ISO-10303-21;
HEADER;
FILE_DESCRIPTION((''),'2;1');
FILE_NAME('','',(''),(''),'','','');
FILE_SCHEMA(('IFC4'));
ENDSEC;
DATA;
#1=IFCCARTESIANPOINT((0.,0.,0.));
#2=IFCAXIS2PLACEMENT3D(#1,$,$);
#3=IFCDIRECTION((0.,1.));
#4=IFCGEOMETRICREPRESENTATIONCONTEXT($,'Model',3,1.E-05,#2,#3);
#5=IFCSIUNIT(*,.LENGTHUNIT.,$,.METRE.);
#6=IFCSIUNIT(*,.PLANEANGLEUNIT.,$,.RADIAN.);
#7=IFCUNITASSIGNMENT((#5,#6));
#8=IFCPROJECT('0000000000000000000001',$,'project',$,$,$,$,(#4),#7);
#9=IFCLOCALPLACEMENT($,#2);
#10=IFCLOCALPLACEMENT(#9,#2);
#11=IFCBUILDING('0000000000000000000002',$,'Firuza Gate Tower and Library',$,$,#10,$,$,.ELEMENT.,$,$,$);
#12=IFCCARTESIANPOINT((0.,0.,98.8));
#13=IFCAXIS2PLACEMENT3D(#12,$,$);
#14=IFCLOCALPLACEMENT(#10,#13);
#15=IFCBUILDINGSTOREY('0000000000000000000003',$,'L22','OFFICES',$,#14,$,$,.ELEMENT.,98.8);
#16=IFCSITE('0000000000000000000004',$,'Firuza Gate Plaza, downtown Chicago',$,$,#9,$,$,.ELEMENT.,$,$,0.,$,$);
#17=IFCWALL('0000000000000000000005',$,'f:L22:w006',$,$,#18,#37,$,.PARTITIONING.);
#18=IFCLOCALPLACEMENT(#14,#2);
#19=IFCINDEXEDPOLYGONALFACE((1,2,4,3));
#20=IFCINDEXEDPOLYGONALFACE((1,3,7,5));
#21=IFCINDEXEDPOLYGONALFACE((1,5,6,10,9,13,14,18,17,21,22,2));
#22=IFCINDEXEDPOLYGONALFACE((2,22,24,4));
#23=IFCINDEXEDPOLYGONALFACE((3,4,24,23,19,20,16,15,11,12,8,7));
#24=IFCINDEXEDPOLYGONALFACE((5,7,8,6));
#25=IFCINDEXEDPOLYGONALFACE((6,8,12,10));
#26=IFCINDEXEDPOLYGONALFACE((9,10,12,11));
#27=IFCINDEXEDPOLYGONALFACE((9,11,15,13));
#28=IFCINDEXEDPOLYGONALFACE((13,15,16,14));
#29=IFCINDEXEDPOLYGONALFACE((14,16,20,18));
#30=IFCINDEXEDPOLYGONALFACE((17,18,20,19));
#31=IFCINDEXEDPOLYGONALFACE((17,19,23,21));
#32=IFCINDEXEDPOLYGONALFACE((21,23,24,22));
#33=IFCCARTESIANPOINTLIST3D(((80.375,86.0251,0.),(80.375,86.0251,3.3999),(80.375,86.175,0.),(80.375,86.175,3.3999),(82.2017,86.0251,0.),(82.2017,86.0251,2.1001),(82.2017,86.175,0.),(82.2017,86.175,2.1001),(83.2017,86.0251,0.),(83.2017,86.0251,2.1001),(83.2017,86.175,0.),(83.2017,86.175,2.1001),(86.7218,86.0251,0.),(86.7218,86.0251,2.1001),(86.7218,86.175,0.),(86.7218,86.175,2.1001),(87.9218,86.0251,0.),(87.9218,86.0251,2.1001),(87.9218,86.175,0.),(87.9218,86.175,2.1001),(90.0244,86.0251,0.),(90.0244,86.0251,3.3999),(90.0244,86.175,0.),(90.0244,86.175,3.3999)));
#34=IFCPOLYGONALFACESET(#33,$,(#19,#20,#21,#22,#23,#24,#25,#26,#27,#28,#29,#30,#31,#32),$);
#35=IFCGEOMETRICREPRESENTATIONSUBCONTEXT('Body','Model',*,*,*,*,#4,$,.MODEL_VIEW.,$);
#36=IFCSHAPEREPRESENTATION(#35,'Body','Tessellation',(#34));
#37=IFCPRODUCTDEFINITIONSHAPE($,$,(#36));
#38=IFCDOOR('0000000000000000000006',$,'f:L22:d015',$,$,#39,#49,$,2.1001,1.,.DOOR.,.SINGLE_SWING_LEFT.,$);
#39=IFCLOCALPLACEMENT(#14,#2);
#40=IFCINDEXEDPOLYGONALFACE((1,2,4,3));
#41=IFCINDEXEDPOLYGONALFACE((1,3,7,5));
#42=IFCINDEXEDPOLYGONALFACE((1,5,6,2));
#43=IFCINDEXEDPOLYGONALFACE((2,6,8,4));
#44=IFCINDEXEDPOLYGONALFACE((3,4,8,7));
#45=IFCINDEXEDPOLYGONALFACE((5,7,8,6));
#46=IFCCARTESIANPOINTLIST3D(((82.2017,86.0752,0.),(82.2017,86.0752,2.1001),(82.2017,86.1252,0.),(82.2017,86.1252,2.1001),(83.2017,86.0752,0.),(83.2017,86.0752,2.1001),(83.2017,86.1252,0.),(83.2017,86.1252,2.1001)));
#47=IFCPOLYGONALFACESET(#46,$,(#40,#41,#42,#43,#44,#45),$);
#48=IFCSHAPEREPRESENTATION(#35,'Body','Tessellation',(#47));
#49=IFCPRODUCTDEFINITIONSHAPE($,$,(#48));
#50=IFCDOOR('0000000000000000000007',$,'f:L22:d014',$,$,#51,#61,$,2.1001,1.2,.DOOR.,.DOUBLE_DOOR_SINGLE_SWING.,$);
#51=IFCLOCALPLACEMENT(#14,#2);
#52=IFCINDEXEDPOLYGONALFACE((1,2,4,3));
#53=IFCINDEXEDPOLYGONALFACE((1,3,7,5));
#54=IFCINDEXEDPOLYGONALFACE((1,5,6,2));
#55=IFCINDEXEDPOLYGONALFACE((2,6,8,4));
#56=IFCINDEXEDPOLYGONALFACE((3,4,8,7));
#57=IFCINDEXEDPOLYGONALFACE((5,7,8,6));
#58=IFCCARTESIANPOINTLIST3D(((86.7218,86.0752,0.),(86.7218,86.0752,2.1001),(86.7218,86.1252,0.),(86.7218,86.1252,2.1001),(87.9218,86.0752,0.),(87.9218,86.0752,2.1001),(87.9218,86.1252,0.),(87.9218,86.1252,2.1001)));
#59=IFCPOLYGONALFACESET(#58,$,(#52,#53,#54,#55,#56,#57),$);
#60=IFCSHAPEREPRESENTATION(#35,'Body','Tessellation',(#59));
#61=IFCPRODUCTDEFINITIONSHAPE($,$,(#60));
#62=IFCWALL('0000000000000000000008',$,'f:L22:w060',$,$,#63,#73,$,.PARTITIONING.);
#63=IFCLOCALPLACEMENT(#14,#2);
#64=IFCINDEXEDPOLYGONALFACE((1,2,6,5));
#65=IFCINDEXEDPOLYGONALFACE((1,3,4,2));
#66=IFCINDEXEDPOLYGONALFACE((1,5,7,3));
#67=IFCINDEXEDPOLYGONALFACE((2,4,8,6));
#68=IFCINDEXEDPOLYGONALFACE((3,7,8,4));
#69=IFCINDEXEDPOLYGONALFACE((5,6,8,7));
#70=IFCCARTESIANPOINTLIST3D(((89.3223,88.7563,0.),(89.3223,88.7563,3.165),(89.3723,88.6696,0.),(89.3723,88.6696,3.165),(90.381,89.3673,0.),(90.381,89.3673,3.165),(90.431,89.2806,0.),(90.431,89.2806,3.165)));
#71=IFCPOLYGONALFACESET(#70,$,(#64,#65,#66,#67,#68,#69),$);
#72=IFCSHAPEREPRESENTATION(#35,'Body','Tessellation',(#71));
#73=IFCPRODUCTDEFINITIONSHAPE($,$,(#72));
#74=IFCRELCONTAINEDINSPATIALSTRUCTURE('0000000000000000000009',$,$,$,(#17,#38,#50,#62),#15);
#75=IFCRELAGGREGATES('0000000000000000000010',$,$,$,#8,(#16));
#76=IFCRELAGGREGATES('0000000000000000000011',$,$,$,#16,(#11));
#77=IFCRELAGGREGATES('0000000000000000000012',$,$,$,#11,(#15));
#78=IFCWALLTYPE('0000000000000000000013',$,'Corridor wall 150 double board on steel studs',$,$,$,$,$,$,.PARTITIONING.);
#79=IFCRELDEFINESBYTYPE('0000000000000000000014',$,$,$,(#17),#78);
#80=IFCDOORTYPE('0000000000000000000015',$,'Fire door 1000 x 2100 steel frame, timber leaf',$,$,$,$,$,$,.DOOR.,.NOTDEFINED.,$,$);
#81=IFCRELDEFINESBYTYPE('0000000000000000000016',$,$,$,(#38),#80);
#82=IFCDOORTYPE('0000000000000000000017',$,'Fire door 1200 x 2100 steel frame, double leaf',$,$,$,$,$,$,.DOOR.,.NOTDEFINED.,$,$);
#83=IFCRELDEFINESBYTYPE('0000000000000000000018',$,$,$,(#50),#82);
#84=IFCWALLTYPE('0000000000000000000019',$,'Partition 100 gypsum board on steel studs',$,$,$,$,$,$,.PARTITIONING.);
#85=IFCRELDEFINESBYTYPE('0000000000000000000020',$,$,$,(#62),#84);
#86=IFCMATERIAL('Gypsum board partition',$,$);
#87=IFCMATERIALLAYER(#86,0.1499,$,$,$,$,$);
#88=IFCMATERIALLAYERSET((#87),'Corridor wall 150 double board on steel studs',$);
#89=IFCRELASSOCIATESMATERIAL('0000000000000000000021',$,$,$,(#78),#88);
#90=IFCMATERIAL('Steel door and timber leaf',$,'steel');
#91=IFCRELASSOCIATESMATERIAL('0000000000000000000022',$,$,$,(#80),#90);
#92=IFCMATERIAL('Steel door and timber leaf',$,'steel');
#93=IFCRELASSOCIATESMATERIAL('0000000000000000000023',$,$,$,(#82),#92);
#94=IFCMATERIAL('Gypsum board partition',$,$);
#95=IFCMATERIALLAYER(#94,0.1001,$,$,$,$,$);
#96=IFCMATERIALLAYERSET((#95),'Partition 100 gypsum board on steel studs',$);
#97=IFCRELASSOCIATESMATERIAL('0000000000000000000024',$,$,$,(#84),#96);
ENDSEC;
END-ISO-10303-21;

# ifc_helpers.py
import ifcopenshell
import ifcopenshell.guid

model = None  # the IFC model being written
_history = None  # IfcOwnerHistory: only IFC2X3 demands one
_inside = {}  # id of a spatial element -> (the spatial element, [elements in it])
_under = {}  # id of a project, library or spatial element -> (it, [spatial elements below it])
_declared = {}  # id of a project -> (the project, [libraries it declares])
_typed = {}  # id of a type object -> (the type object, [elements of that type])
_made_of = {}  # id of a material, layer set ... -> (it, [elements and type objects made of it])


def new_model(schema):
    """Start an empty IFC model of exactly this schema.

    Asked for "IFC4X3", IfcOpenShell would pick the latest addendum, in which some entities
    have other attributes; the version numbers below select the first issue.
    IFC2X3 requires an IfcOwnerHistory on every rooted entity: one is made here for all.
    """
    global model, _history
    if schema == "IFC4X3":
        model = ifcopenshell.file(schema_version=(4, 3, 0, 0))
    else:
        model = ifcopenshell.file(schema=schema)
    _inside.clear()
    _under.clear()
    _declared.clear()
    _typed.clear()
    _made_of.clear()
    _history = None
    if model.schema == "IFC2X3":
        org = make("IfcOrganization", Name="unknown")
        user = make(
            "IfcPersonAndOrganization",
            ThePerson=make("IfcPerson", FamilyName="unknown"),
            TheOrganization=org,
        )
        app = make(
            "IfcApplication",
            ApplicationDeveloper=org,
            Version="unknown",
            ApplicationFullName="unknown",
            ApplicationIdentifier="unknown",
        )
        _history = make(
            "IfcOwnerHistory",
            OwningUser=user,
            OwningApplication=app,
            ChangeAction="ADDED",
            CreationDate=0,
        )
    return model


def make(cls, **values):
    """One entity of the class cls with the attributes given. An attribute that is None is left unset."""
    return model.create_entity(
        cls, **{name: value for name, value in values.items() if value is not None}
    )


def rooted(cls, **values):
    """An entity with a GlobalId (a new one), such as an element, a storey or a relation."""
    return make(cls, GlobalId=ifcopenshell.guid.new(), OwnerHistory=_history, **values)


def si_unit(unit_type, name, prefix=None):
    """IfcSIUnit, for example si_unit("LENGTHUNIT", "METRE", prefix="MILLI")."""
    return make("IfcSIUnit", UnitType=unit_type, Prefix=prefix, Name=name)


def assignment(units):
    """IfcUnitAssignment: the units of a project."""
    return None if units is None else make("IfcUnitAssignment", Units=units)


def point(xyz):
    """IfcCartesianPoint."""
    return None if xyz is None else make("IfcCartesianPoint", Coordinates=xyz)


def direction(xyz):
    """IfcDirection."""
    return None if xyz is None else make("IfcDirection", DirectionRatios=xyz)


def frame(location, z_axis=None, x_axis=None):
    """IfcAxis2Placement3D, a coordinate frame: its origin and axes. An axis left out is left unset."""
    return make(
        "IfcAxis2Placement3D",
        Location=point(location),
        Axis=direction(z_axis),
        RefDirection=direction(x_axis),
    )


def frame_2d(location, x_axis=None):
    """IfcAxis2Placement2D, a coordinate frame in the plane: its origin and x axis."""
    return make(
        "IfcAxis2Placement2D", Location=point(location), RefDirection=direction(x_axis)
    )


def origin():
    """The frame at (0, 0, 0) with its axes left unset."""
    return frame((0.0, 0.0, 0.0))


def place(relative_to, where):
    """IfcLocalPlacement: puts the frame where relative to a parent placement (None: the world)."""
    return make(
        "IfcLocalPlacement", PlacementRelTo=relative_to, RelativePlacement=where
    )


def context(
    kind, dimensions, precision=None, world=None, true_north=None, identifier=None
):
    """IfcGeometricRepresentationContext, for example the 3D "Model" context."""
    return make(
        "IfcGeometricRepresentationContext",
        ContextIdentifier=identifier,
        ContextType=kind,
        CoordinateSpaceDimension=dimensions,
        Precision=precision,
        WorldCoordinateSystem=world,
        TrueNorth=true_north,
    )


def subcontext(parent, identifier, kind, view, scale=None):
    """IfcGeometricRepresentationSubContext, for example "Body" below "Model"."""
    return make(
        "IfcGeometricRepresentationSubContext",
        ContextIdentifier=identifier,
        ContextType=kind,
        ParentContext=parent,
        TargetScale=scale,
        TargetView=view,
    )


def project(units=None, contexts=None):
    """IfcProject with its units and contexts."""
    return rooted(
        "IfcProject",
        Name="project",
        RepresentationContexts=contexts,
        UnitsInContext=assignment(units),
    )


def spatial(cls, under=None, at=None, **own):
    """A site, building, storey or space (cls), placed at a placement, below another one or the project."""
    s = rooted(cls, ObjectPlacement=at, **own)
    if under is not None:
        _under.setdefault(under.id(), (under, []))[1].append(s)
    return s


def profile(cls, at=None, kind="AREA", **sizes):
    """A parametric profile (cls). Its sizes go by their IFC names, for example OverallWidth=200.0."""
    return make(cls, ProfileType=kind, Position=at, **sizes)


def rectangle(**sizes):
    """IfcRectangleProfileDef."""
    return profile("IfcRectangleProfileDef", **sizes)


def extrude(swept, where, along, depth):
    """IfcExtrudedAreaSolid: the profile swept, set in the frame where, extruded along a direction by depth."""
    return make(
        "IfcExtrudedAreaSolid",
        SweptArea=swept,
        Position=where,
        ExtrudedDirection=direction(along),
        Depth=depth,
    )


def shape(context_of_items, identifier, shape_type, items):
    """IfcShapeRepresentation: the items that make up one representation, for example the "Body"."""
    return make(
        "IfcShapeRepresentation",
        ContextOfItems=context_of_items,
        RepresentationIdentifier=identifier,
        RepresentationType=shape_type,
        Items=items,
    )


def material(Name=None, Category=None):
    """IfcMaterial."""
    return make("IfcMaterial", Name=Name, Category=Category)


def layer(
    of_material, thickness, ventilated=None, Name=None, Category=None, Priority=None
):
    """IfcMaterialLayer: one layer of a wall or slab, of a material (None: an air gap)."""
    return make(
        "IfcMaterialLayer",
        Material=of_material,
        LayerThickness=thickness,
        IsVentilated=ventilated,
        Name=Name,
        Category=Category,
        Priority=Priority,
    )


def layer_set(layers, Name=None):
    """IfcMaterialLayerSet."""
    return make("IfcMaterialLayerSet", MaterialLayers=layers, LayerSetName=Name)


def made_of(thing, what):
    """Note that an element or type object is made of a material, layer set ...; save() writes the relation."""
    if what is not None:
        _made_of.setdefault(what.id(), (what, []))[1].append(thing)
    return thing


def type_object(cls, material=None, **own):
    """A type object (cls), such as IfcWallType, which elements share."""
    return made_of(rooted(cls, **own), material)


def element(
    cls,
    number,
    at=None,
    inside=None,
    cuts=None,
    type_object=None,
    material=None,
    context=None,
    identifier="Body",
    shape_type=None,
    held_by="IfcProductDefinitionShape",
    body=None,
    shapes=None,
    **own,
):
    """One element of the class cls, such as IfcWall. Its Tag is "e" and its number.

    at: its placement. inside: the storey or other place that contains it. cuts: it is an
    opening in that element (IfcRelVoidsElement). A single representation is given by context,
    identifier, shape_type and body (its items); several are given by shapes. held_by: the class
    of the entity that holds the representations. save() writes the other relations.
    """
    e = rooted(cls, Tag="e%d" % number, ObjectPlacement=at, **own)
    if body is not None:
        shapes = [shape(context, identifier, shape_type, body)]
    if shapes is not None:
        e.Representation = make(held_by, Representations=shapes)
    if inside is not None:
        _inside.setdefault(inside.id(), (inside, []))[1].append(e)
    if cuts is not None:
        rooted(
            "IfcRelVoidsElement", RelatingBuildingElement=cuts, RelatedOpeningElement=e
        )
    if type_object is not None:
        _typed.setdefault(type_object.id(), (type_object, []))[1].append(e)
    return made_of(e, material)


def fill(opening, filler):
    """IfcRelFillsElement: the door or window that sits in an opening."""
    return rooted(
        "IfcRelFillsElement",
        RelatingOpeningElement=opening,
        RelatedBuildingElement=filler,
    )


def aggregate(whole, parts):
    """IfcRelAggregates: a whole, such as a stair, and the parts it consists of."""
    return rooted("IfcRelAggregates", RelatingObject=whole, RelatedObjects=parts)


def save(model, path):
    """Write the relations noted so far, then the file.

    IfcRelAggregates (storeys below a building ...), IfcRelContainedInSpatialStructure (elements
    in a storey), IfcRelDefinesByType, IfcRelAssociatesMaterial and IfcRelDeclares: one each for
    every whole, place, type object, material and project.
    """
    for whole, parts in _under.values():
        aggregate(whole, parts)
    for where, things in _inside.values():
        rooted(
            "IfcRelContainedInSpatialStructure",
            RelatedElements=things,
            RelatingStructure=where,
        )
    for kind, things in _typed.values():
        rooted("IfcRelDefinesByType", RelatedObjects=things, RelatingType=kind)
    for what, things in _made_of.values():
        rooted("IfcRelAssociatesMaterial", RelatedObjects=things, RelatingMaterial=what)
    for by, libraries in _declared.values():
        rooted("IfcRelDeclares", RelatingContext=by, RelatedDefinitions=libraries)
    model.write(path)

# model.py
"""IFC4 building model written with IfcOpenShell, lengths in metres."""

from ifc_helpers import new_model, si_unit, direction, frame, frame_2d, origin, place, context, subcontext, project, spatial, rectangle, extrude, material, layer, layer_set, type_object, element, fill, save


model = new_model("IFC4")

# Units and contexts
model_context = context("Model", 3, precision=1e-05, world=origin(), true_north=direction((0.0, 1.0)))
body_context = subcontext(model_context, "Body", "Model", "MODEL_VIEW")
ifc_project = project(units=[si_unit("LENGTHUNIT", "METRE"), si_unit("PLANEANGLEUNIT", "RADIAN")], contexts=[model_context])

# Site, building, storey
site_placement = place(None, origin())
site = spatial("IfcSite", under=ifc_project, at=site_placement, Name="Firuza Gate Plaza, downtown Chicago", CompositionType="ELEMENT", RefElevation=0.0)
building_placement = place(site_placement, origin())
building = spatial("IfcBuilding", under=site, at=building_placement, Name="Firuza Gate Tower and Library", CompositionType="ELEMENT")
storey_placement = place(building_placement, frame((0.0, 0.0, 98.8)))
storey = spatial("IfcBuildingStorey", under=building, at=storey_placement, Name="L22", Description="OFFICES", CompositionType="ELEMENT", Elevation=98.8)

# Wall, openings, doors
ifc_material_1 = material(Name="Gypsum board partition")
ifc_layer_1 = layer(ifc_material_1, 0.1499)
ifc_layer_set_1 = layer_set([ifc_layer_1], Name="Corridor wall 150 double board on steel studs")
wall_type_1 = type_object("IfcWallType", Name="Corridor wall 150 double board on steel studs", PredefinedType="PARTITIONING", material=ifc_layer_set_1)
wall_1_placement = place(storey_placement, frame((90.0244, 86.1001, 0.0), z_axis=(0.0, 0.0, 1.0), x_axis=(-1.0, 0.0, 0.0)))
wall_1 = element("IfcWall", 1, at=wall_1_placement, inside=storey, type_object=wall_type_1, Name="f:L22:w006", PredefinedType="PARTITIONING", context=body_context, shape_type="SweptSolid", body=[
    extrude(rectangle(XDim=9.6494, YDim=0.1499, at=frame_2d((4.8247, 0.0))), origin(), (0.0, 0.0, 1.0), 3.3999),
])
opening_1_placement = place(wall_1_placement, frame((2.1025, 0.0, 0.0)))
opening_1 = element("IfcOpeningElement", 2, at=opening_1_placement, cuts=wall_1, PredefinedType="OPENING", context=body_context, shape_type="SweptSolid", body=[
    extrude(rectangle(XDim=1.2, YDim=2.1001, at=frame_2d((0.6001, 1.05))), frame((0.0, 0.085, 0.0), z_axis=(0.0, -1.0, 0.0), x_axis=(1.0, 0.0, 0.0)), (0.0, 0.0, 1.0), 0.1699),
])
opening_2_placement = place(wall_1_placement, frame((6.8228, 0.0, 0.0)))
opening_2 = element("IfcOpeningElement", 3, at=opening_2_placement, cuts=wall_1, PredefinedType="OPENING", context=body_context, shape_type="SweptSolid", body=[
    extrude(rectangle(XDim=1.0, YDim=2.1001, at=frame_2d((0.5, 1.05))), frame((0.0, 0.085, 0.0), z_axis=(0.0, -1.0, 0.0), x_axis=(1.0, 0.0, 0.0)), (0.0, 0.0, 1.0), 0.1699),
])
ifc_material_2 = material(Name="Steel door and timber leaf", Category="steel")
door_type_1 = type_object("IfcDoorType", Name="Fire door 1000 x 2100 steel frame, timber leaf", OperationType="NOTDEFINED", PredefinedType="DOOR", material=ifc_material_2)
door_1_placement = place(opening_2_placement, origin())
door_1 = element("IfcDoor", 4, at=door_1_placement, inside=storey, type_object=door_type_1, Name="f:L22:d015", OperationType="SINGLE_SWING_LEFT", OverallHeight=2.1001, OverallWidth=1.0, PredefinedType="DOOR", context=body_context, shape_type="SweptSolid", body=[
    extrude(rectangle(XDim=1.0, YDim=2.1001, at=frame_2d((0.5, 1.05))), frame((0.0, 0.0249, 0.0), z_axis=(0.0, -1.0, 0.0), x_axis=(1.0, 0.0, 0.0)), (0.0, 0.0, 1.0), 0.05),
])
fill(opening_2, door_1)
ifc_material_3 = material(Name="Steel door and timber leaf", Category="steel")
door_type_2 = type_object("IfcDoorType", Name="Fire door 1200 x 2100 steel frame, double leaf", OperationType="NOTDEFINED", PredefinedType="DOOR", material=ifc_material_3)
door_2_placement = place(opening_1_placement, origin())
door_2 = element("IfcDoor", 5, at=door_2_placement, inside=storey, type_object=door_type_2, Name="f:L22:d014", OperationType="DOUBLE_DOOR_SINGLE_SWING", OverallHeight=2.1001, OverallWidth=1.2, PredefinedType="DOOR", context=body_context, shape_type="SweptSolid", body=[
    extrude(rectangle(XDim=1.2, YDim=2.1001, at=frame_2d((0.6001, 1.05))), frame((0.0, 0.0249, 0.0), z_axis=(0.0, -1.0, 0.0), x_axis=(1.0, 0.0, 0.0)), (0.0, 0.0, 1.0), 0.05),
])
fill(opening_1, door_2)

# Wall
ifc_material_4 = material(Name="Gypsum board partition")
ifc_layer_2 = layer(ifc_material_4, 0.1001)
ifc_layer_set_2 = layer_set([ifc_layer_2], Name="Partition 100 gypsum board on steel studs")
wall_type_2 = type_object("IfcWallType", Name="Partition 100 gypsum board on steel studs", PredefinedType="PARTITIONING", material=ifc_layer_set_2)
wall_2_placement = place(storey_placement, frame((89.3472, 88.7129, 0.0), z_axis=(0.0, 0.0, 1.0), x_axis=(0.866109, 0.499855, 0.0)))
element("IfcWall", 6, at=wall_2_placement, inside=storey, type_object=wall_type_2, Name="f:L22:w060", PredefinedType="PARTITIONING", context=body_context, shape_type="SweptSolid", body=[
    extrude(rectangle(XDim=1.2224, YDim=0.1001, at=frame_2d((0.6113, 0.0))), origin(), (0.0, 0.0, 1.0), 3.165),
])

save(model, "model.ifc")
